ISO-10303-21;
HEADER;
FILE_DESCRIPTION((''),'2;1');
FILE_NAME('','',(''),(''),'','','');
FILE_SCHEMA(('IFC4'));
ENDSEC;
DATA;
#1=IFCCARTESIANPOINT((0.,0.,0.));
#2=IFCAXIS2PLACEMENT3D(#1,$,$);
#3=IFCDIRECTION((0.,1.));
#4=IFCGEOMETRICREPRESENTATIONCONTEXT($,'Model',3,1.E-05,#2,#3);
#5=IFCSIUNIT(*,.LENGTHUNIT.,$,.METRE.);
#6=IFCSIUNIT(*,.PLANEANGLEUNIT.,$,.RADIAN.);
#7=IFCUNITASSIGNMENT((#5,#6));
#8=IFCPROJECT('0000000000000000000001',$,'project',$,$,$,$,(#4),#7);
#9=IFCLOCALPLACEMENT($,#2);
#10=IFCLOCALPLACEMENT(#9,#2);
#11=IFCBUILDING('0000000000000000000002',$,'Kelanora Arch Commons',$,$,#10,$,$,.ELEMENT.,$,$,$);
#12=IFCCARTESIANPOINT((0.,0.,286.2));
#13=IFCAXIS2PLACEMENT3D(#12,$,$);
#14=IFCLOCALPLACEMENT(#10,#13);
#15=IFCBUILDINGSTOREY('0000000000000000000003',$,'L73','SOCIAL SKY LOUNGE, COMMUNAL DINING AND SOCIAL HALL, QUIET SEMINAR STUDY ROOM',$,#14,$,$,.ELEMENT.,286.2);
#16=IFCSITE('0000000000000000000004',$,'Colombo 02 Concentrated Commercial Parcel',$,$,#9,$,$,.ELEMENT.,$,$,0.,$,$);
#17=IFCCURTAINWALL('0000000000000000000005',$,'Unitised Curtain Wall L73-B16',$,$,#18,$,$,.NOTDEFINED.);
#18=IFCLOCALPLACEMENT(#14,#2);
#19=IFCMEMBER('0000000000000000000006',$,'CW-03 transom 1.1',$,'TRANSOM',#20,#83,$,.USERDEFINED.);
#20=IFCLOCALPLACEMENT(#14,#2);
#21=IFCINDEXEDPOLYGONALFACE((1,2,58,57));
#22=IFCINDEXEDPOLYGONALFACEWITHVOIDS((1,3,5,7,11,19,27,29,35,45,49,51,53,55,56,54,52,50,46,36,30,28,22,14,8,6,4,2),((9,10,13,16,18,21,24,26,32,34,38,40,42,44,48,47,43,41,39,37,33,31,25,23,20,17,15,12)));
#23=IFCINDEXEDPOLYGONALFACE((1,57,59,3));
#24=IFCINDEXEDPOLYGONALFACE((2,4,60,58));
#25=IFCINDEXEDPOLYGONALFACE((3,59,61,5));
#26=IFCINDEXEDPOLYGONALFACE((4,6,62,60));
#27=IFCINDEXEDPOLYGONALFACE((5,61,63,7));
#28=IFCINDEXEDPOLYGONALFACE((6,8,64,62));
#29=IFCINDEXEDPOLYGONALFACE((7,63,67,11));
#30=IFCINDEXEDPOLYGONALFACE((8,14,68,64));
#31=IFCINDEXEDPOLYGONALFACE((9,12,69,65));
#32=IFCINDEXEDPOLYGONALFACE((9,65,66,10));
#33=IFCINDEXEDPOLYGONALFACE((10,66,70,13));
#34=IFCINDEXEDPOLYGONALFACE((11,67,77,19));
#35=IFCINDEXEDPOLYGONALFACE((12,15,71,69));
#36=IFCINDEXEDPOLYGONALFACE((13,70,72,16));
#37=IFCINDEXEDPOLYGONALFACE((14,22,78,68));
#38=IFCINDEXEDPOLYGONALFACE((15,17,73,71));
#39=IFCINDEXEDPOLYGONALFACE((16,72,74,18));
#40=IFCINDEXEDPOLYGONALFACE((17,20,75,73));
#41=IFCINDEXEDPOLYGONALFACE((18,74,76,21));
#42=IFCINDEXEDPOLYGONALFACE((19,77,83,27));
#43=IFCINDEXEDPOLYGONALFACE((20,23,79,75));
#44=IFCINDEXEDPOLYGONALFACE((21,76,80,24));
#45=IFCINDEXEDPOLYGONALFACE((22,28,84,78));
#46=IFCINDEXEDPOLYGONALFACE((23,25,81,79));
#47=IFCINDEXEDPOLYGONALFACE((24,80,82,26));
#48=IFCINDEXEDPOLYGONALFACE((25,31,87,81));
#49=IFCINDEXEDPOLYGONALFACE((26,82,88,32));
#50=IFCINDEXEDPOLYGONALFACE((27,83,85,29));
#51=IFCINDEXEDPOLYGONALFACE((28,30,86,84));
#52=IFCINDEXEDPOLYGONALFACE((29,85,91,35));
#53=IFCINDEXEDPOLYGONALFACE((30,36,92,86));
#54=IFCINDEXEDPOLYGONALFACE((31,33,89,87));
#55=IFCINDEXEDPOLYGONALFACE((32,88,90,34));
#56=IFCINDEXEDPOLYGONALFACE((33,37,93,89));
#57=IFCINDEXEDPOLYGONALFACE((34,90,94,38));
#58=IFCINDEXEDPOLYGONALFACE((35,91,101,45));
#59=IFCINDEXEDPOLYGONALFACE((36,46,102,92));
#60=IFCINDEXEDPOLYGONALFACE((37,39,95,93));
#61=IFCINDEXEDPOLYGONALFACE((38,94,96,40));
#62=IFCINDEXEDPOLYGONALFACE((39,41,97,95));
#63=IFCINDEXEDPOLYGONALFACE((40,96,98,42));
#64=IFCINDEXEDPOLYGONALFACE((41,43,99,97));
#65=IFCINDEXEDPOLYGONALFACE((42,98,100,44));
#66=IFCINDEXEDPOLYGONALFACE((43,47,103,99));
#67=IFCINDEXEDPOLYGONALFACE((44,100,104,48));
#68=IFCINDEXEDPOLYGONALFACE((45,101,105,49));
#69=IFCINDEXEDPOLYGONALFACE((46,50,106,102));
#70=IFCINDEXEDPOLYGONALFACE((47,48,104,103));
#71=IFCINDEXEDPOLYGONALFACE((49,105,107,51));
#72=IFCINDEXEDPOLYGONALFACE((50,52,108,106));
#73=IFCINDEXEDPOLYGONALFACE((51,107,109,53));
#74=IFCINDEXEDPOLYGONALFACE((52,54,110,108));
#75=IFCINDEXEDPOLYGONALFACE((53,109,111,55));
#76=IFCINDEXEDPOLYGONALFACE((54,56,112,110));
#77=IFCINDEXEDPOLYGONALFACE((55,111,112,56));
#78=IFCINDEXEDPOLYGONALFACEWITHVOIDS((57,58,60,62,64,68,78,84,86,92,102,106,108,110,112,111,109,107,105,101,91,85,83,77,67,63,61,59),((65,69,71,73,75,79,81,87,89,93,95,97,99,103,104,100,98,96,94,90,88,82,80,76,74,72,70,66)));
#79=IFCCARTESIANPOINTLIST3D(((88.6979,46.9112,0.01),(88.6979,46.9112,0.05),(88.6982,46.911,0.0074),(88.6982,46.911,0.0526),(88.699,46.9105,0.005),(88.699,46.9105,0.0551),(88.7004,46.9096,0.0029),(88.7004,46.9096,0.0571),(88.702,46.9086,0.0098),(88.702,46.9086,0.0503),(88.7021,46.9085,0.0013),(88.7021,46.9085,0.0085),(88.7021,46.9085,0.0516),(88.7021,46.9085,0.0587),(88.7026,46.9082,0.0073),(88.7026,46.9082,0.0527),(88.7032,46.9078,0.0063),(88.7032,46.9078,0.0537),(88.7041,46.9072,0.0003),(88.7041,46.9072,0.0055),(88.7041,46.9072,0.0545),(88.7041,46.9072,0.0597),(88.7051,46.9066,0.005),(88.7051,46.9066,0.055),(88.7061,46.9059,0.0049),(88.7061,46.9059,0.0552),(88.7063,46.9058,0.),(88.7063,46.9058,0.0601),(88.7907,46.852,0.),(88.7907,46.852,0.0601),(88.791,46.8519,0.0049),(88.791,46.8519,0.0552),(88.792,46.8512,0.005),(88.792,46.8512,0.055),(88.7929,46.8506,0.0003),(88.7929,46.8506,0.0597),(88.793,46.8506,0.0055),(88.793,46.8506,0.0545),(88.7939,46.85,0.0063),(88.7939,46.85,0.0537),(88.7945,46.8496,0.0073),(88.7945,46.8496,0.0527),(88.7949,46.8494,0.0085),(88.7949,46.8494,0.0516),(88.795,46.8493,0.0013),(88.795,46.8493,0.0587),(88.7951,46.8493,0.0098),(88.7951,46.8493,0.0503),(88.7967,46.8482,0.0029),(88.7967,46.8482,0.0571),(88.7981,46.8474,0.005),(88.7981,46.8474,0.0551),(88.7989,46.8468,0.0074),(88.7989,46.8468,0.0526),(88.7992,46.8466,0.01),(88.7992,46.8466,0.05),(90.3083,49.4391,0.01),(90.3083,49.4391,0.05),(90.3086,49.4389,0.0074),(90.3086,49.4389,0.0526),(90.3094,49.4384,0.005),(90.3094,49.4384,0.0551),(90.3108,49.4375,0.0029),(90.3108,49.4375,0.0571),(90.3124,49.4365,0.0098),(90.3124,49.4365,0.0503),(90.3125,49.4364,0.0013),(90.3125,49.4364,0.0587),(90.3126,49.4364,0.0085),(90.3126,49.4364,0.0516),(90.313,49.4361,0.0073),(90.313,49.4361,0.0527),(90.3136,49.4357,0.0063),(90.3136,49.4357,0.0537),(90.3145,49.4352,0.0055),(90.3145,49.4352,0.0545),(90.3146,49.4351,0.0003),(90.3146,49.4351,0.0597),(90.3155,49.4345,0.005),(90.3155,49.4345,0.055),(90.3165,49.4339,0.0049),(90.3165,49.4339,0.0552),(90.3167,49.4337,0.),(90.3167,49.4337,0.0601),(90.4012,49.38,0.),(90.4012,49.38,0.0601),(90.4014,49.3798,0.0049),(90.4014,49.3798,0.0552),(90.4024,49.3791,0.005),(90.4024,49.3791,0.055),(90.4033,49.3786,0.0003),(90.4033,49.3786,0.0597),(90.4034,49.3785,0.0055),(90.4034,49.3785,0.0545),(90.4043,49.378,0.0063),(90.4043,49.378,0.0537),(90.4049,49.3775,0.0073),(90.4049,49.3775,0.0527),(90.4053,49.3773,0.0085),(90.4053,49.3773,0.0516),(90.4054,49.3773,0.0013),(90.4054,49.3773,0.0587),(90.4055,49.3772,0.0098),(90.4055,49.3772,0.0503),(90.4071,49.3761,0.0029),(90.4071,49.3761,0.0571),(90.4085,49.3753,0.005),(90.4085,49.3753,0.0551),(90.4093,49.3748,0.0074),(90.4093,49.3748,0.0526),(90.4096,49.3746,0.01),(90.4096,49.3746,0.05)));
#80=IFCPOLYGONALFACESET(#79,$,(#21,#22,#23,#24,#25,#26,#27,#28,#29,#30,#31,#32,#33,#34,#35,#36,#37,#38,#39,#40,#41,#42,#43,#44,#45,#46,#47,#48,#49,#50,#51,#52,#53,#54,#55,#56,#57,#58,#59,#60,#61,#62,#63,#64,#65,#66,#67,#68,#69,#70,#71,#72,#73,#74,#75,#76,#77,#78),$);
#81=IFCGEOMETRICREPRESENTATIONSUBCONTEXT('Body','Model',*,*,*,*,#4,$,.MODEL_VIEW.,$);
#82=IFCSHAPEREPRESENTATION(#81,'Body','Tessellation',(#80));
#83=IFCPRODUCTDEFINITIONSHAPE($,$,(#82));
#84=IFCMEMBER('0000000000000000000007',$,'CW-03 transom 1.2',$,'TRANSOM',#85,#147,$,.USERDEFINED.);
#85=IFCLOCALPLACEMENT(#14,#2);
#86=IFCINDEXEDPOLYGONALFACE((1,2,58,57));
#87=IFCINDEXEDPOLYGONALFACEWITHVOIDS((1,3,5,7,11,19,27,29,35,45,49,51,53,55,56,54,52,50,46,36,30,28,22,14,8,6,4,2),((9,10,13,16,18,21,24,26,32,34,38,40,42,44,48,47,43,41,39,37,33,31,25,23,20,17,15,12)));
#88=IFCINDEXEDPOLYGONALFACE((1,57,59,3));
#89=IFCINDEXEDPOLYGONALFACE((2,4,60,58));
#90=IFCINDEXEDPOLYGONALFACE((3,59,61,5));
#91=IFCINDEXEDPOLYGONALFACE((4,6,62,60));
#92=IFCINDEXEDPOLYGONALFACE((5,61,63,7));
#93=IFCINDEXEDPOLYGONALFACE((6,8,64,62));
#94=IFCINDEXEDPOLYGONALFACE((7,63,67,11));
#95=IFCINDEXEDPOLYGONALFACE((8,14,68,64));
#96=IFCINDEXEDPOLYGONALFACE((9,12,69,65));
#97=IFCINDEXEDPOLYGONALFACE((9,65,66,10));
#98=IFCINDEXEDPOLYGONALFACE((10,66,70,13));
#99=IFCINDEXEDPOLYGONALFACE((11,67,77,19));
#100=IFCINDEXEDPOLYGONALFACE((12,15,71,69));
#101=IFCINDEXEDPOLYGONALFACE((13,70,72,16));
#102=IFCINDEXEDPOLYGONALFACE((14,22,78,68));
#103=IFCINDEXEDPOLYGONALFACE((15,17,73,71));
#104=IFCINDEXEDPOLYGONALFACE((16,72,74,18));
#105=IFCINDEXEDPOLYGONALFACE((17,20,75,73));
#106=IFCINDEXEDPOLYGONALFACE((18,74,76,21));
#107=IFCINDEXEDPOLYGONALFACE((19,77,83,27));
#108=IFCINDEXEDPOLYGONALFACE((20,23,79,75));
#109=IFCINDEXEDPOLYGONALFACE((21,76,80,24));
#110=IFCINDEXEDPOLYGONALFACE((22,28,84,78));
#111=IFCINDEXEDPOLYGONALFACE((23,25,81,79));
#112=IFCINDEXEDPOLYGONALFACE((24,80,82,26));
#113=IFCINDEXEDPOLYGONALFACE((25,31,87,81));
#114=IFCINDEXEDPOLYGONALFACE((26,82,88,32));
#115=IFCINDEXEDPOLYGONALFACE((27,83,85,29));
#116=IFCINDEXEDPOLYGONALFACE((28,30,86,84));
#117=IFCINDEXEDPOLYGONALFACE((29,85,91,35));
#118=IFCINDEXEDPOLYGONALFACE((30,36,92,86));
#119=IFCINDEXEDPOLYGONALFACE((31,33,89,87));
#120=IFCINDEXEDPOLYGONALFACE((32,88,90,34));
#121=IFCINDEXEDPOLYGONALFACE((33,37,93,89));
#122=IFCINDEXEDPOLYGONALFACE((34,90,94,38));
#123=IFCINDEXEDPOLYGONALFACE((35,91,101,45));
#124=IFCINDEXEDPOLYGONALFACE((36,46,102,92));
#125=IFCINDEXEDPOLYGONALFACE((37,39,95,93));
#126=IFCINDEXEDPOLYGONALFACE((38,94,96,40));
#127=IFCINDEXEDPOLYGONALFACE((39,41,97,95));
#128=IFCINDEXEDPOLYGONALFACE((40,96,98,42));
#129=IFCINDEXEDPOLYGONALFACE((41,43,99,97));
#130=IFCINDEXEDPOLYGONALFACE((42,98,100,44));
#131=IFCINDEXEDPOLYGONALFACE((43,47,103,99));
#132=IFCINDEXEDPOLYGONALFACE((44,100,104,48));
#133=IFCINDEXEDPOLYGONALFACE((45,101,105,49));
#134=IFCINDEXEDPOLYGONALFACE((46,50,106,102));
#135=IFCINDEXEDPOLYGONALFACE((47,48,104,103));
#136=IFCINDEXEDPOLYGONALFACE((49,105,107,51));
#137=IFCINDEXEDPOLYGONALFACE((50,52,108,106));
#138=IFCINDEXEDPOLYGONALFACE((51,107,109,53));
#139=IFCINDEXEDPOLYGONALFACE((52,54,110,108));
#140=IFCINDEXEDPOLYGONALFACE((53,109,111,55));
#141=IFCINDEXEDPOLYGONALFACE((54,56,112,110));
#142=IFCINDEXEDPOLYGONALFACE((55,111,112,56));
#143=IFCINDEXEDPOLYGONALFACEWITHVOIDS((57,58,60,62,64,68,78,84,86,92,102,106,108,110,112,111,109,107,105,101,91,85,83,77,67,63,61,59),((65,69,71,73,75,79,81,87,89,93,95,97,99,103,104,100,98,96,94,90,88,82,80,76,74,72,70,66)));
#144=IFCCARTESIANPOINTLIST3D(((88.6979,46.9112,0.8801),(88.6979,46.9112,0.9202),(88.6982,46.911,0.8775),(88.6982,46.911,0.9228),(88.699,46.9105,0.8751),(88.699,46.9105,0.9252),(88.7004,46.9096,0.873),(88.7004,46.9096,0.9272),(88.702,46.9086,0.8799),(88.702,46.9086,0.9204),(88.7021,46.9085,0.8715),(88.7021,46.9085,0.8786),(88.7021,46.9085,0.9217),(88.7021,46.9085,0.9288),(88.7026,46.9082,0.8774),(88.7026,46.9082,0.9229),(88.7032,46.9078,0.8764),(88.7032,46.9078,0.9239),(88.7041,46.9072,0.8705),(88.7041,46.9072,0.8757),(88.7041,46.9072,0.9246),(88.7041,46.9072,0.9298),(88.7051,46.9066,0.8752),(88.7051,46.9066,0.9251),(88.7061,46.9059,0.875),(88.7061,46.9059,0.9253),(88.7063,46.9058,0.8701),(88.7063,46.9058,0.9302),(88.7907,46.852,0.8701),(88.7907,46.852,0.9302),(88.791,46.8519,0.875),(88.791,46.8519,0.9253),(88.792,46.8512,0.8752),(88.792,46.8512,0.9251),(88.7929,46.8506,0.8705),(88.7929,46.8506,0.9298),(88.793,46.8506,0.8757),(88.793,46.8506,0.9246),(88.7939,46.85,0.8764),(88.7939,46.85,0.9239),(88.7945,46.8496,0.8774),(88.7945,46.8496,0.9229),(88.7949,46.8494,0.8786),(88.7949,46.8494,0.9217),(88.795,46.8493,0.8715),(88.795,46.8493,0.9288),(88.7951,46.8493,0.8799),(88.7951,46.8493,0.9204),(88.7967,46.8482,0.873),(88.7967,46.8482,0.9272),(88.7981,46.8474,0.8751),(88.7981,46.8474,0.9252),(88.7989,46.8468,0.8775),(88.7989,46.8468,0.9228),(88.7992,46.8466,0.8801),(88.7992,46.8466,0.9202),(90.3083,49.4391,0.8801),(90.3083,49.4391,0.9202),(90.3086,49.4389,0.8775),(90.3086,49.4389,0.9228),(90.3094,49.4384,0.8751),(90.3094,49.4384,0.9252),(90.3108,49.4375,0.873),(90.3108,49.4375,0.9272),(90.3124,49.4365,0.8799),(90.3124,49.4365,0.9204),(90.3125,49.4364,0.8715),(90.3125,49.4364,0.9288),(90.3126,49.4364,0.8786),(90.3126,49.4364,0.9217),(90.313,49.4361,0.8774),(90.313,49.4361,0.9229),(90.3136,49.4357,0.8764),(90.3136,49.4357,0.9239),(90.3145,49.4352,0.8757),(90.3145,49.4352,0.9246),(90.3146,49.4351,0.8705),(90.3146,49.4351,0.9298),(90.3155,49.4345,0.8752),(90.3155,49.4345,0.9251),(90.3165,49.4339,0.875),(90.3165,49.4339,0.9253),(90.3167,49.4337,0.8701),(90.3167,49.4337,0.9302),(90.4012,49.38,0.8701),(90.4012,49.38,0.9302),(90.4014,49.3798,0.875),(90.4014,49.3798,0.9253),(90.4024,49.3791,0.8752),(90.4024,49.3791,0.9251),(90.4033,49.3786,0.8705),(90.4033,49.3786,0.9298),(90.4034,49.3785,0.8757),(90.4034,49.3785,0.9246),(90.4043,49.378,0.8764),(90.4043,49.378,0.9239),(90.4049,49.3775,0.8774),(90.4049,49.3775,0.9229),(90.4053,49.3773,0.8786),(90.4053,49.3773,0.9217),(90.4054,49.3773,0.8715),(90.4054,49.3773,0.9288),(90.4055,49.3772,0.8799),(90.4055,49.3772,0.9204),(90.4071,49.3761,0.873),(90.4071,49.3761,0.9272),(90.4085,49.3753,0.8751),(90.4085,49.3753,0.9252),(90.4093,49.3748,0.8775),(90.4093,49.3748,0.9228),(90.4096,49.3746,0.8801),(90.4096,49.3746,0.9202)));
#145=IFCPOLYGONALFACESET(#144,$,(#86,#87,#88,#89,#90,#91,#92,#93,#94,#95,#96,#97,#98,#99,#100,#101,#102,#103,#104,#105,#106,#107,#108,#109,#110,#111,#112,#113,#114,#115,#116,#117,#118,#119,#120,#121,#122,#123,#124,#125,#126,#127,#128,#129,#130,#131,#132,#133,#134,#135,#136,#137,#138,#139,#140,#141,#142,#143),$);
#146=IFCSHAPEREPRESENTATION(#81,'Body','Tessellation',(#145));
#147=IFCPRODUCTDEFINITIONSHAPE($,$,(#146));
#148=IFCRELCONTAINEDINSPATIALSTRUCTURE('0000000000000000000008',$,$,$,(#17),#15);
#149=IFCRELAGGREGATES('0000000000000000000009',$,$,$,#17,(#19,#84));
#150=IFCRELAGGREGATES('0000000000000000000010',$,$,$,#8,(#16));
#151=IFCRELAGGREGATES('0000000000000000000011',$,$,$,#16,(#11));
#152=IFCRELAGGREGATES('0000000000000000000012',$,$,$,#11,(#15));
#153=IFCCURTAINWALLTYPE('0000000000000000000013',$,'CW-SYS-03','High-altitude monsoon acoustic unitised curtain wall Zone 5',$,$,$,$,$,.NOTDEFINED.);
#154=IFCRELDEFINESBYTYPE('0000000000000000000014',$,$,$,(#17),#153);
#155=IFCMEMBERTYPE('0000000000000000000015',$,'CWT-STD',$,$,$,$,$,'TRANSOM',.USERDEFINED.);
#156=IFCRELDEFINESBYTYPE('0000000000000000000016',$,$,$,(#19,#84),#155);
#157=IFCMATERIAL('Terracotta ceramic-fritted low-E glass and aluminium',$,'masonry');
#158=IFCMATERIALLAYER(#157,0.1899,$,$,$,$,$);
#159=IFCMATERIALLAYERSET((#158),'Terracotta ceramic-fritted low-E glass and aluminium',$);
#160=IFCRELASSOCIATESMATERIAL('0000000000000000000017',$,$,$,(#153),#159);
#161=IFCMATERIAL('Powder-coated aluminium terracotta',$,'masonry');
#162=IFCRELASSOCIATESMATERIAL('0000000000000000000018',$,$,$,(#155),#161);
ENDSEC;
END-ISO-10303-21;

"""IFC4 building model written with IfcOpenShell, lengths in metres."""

from ifc_helpers import new_model, si_unit, direction, frame, origin, origin_2d, place, context, subcontext, project, spatial, hollow_rectangle, extrude, material, layer, layer_set, material_profile, profile_set, type_object, element, aggregate, save


model = new_model("IFC4")

# Units and contexts
model_context = context("Model", 3, precision=1e-05, world=origin(), true_north=direction((0.0, 1.0)))
body_context = subcontext(model_context, "Body", "Model", "MODEL_VIEW")
ifc_project = project(units=[si_unit("LENGTHUNIT", "METRE"), si_unit("PLANEANGLEUNIT", "RADIAN")], contexts=[model_context])

# Site, building, storey
site_placement = place(None, origin())
site = spatial("IfcSite", under=ifc_project, at=site_placement, Name="Colombo 02 Concentrated Commercial Parcel", CompositionType="ELEMENT", RefElevation=0.0)
building_placement = place(site_placement, origin())
building = spatial("IfcBuilding", under=site, at=building_placement, Name="Kelanora Arch Commons", CompositionType="ELEMENT")
storey_placement = place(building_placement, frame((0.0, 0.0, 286.2)))
storey = spatial("IfcBuildingStorey", under=building, at=storey_placement, Name="L73", Description="SOCIAL SKY LOUNGE, COMMUNAL DINING AND SOCIAL HALL, QUIET SEMINAR STUDY ROOM", CompositionType="ELEMENT", Elevation=286.2)

# Shared definitions
ifc_material_1 = material(Name="Terracotta ceramic-fritted low-E glass and aluminium", Category="masonry")
ifc_layer_1 = layer(ifc_material_1, 0.1899)
ifc_layer_set_1 = layer_set([ifc_layer_1], Name="Terracotta ceramic-fritted low-E glass and aluminium")
curtain_wall_type = type_object("IfcCurtainWallType", Name="CW-SYS-03", Description="High-altitude monsoon acoustic unitised curtain wall Zone 5", PredefinedType="NOTDEFINED", material=ifc_layer_set_1)
ifc_material_2 = material(Name="Powder-coated aluminium terracotta", Category="masonry")

# Curtain wall, members
curtain_wall_1_placement = place(storey_placement, origin())
curtain_wall_1 = element("IfcCurtainWall", 1, at=curtain_wall_1_placement, inside=storey, type_object=curtain_wall_type, Name="Unitised Curtain Wall L73-B16", PredefinedType="NOTDEFINED")
ifc_material_profile_1 = material_profile(ifc_material_2, hollow_rectangle(XDim=0.1201, YDim=0.0601, WallThickness=0.0049, InnerFilletRadius=0.0049, OuterFilletRadius=0.01, at=origin_2d()), Name="CWT120x60")
ifc_profile_set_1 = profile_set([ifc_material_profile_1], Name="Powder-coated aluminium terracotta")
member_type_1 = type_object("IfcMemberType", Name="CWT-STD", ElementType="TRANSOM", PredefinedType="USERDEFINED", material=ifc_profile_set_1)
member_1_placement = place(storey_placement, frame((88.7485, 46.8789, 0.03), z_axis=(0.537287, 0.8434, 0.0), x_axis=(-0.8434, 0.537287, 0.0)))
member_1 = element("IfcMember", 2, at=member_1_placement, type_object=member_type_1, Name="CW-03 transom 1.1", ObjectType="TRANSOM", PredefinedType="USERDEFINED", context=body_context, shape_type="SweptSolid", body=[
    extrude(hollow_rectangle(XDim=0.1201, YDim=0.0601, WallThickness=0.0049, InnerFilletRadius=0.0049, OuterFilletRadius=0.01, at=origin_2d()), origin(), (0.0, 0.0, 1.0), 2.9973),
])
member_2_placement = place(storey_placement, frame((88.7485, 46.8789, 0.9001), z_axis=(0.537287, 0.8434, 0.0), x_axis=(-0.8434, 0.537287, 0.0)))
member_2 = element("IfcMember", 3, at=member_2_placement, type_object=member_type_1, Name="CW-03 transom 1.2", ObjectType="TRANSOM", PredefinedType="USERDEFINED", context=body_context, shape_type="SweptSolid", body=[
    extrude(hollow_rectangle(XDim=0.1201, YDim=0.0601, WallThickness=0.0049, InnerFilletRadius=0.0049, OuterFilletRadius=0.01, at=origin_2d()), origin(), (0.0, 0.0, 1.0), 2.9973),
])
aggregate(curtain_wall_1, [member_1, member_2])

save(model, "model.ifc")
